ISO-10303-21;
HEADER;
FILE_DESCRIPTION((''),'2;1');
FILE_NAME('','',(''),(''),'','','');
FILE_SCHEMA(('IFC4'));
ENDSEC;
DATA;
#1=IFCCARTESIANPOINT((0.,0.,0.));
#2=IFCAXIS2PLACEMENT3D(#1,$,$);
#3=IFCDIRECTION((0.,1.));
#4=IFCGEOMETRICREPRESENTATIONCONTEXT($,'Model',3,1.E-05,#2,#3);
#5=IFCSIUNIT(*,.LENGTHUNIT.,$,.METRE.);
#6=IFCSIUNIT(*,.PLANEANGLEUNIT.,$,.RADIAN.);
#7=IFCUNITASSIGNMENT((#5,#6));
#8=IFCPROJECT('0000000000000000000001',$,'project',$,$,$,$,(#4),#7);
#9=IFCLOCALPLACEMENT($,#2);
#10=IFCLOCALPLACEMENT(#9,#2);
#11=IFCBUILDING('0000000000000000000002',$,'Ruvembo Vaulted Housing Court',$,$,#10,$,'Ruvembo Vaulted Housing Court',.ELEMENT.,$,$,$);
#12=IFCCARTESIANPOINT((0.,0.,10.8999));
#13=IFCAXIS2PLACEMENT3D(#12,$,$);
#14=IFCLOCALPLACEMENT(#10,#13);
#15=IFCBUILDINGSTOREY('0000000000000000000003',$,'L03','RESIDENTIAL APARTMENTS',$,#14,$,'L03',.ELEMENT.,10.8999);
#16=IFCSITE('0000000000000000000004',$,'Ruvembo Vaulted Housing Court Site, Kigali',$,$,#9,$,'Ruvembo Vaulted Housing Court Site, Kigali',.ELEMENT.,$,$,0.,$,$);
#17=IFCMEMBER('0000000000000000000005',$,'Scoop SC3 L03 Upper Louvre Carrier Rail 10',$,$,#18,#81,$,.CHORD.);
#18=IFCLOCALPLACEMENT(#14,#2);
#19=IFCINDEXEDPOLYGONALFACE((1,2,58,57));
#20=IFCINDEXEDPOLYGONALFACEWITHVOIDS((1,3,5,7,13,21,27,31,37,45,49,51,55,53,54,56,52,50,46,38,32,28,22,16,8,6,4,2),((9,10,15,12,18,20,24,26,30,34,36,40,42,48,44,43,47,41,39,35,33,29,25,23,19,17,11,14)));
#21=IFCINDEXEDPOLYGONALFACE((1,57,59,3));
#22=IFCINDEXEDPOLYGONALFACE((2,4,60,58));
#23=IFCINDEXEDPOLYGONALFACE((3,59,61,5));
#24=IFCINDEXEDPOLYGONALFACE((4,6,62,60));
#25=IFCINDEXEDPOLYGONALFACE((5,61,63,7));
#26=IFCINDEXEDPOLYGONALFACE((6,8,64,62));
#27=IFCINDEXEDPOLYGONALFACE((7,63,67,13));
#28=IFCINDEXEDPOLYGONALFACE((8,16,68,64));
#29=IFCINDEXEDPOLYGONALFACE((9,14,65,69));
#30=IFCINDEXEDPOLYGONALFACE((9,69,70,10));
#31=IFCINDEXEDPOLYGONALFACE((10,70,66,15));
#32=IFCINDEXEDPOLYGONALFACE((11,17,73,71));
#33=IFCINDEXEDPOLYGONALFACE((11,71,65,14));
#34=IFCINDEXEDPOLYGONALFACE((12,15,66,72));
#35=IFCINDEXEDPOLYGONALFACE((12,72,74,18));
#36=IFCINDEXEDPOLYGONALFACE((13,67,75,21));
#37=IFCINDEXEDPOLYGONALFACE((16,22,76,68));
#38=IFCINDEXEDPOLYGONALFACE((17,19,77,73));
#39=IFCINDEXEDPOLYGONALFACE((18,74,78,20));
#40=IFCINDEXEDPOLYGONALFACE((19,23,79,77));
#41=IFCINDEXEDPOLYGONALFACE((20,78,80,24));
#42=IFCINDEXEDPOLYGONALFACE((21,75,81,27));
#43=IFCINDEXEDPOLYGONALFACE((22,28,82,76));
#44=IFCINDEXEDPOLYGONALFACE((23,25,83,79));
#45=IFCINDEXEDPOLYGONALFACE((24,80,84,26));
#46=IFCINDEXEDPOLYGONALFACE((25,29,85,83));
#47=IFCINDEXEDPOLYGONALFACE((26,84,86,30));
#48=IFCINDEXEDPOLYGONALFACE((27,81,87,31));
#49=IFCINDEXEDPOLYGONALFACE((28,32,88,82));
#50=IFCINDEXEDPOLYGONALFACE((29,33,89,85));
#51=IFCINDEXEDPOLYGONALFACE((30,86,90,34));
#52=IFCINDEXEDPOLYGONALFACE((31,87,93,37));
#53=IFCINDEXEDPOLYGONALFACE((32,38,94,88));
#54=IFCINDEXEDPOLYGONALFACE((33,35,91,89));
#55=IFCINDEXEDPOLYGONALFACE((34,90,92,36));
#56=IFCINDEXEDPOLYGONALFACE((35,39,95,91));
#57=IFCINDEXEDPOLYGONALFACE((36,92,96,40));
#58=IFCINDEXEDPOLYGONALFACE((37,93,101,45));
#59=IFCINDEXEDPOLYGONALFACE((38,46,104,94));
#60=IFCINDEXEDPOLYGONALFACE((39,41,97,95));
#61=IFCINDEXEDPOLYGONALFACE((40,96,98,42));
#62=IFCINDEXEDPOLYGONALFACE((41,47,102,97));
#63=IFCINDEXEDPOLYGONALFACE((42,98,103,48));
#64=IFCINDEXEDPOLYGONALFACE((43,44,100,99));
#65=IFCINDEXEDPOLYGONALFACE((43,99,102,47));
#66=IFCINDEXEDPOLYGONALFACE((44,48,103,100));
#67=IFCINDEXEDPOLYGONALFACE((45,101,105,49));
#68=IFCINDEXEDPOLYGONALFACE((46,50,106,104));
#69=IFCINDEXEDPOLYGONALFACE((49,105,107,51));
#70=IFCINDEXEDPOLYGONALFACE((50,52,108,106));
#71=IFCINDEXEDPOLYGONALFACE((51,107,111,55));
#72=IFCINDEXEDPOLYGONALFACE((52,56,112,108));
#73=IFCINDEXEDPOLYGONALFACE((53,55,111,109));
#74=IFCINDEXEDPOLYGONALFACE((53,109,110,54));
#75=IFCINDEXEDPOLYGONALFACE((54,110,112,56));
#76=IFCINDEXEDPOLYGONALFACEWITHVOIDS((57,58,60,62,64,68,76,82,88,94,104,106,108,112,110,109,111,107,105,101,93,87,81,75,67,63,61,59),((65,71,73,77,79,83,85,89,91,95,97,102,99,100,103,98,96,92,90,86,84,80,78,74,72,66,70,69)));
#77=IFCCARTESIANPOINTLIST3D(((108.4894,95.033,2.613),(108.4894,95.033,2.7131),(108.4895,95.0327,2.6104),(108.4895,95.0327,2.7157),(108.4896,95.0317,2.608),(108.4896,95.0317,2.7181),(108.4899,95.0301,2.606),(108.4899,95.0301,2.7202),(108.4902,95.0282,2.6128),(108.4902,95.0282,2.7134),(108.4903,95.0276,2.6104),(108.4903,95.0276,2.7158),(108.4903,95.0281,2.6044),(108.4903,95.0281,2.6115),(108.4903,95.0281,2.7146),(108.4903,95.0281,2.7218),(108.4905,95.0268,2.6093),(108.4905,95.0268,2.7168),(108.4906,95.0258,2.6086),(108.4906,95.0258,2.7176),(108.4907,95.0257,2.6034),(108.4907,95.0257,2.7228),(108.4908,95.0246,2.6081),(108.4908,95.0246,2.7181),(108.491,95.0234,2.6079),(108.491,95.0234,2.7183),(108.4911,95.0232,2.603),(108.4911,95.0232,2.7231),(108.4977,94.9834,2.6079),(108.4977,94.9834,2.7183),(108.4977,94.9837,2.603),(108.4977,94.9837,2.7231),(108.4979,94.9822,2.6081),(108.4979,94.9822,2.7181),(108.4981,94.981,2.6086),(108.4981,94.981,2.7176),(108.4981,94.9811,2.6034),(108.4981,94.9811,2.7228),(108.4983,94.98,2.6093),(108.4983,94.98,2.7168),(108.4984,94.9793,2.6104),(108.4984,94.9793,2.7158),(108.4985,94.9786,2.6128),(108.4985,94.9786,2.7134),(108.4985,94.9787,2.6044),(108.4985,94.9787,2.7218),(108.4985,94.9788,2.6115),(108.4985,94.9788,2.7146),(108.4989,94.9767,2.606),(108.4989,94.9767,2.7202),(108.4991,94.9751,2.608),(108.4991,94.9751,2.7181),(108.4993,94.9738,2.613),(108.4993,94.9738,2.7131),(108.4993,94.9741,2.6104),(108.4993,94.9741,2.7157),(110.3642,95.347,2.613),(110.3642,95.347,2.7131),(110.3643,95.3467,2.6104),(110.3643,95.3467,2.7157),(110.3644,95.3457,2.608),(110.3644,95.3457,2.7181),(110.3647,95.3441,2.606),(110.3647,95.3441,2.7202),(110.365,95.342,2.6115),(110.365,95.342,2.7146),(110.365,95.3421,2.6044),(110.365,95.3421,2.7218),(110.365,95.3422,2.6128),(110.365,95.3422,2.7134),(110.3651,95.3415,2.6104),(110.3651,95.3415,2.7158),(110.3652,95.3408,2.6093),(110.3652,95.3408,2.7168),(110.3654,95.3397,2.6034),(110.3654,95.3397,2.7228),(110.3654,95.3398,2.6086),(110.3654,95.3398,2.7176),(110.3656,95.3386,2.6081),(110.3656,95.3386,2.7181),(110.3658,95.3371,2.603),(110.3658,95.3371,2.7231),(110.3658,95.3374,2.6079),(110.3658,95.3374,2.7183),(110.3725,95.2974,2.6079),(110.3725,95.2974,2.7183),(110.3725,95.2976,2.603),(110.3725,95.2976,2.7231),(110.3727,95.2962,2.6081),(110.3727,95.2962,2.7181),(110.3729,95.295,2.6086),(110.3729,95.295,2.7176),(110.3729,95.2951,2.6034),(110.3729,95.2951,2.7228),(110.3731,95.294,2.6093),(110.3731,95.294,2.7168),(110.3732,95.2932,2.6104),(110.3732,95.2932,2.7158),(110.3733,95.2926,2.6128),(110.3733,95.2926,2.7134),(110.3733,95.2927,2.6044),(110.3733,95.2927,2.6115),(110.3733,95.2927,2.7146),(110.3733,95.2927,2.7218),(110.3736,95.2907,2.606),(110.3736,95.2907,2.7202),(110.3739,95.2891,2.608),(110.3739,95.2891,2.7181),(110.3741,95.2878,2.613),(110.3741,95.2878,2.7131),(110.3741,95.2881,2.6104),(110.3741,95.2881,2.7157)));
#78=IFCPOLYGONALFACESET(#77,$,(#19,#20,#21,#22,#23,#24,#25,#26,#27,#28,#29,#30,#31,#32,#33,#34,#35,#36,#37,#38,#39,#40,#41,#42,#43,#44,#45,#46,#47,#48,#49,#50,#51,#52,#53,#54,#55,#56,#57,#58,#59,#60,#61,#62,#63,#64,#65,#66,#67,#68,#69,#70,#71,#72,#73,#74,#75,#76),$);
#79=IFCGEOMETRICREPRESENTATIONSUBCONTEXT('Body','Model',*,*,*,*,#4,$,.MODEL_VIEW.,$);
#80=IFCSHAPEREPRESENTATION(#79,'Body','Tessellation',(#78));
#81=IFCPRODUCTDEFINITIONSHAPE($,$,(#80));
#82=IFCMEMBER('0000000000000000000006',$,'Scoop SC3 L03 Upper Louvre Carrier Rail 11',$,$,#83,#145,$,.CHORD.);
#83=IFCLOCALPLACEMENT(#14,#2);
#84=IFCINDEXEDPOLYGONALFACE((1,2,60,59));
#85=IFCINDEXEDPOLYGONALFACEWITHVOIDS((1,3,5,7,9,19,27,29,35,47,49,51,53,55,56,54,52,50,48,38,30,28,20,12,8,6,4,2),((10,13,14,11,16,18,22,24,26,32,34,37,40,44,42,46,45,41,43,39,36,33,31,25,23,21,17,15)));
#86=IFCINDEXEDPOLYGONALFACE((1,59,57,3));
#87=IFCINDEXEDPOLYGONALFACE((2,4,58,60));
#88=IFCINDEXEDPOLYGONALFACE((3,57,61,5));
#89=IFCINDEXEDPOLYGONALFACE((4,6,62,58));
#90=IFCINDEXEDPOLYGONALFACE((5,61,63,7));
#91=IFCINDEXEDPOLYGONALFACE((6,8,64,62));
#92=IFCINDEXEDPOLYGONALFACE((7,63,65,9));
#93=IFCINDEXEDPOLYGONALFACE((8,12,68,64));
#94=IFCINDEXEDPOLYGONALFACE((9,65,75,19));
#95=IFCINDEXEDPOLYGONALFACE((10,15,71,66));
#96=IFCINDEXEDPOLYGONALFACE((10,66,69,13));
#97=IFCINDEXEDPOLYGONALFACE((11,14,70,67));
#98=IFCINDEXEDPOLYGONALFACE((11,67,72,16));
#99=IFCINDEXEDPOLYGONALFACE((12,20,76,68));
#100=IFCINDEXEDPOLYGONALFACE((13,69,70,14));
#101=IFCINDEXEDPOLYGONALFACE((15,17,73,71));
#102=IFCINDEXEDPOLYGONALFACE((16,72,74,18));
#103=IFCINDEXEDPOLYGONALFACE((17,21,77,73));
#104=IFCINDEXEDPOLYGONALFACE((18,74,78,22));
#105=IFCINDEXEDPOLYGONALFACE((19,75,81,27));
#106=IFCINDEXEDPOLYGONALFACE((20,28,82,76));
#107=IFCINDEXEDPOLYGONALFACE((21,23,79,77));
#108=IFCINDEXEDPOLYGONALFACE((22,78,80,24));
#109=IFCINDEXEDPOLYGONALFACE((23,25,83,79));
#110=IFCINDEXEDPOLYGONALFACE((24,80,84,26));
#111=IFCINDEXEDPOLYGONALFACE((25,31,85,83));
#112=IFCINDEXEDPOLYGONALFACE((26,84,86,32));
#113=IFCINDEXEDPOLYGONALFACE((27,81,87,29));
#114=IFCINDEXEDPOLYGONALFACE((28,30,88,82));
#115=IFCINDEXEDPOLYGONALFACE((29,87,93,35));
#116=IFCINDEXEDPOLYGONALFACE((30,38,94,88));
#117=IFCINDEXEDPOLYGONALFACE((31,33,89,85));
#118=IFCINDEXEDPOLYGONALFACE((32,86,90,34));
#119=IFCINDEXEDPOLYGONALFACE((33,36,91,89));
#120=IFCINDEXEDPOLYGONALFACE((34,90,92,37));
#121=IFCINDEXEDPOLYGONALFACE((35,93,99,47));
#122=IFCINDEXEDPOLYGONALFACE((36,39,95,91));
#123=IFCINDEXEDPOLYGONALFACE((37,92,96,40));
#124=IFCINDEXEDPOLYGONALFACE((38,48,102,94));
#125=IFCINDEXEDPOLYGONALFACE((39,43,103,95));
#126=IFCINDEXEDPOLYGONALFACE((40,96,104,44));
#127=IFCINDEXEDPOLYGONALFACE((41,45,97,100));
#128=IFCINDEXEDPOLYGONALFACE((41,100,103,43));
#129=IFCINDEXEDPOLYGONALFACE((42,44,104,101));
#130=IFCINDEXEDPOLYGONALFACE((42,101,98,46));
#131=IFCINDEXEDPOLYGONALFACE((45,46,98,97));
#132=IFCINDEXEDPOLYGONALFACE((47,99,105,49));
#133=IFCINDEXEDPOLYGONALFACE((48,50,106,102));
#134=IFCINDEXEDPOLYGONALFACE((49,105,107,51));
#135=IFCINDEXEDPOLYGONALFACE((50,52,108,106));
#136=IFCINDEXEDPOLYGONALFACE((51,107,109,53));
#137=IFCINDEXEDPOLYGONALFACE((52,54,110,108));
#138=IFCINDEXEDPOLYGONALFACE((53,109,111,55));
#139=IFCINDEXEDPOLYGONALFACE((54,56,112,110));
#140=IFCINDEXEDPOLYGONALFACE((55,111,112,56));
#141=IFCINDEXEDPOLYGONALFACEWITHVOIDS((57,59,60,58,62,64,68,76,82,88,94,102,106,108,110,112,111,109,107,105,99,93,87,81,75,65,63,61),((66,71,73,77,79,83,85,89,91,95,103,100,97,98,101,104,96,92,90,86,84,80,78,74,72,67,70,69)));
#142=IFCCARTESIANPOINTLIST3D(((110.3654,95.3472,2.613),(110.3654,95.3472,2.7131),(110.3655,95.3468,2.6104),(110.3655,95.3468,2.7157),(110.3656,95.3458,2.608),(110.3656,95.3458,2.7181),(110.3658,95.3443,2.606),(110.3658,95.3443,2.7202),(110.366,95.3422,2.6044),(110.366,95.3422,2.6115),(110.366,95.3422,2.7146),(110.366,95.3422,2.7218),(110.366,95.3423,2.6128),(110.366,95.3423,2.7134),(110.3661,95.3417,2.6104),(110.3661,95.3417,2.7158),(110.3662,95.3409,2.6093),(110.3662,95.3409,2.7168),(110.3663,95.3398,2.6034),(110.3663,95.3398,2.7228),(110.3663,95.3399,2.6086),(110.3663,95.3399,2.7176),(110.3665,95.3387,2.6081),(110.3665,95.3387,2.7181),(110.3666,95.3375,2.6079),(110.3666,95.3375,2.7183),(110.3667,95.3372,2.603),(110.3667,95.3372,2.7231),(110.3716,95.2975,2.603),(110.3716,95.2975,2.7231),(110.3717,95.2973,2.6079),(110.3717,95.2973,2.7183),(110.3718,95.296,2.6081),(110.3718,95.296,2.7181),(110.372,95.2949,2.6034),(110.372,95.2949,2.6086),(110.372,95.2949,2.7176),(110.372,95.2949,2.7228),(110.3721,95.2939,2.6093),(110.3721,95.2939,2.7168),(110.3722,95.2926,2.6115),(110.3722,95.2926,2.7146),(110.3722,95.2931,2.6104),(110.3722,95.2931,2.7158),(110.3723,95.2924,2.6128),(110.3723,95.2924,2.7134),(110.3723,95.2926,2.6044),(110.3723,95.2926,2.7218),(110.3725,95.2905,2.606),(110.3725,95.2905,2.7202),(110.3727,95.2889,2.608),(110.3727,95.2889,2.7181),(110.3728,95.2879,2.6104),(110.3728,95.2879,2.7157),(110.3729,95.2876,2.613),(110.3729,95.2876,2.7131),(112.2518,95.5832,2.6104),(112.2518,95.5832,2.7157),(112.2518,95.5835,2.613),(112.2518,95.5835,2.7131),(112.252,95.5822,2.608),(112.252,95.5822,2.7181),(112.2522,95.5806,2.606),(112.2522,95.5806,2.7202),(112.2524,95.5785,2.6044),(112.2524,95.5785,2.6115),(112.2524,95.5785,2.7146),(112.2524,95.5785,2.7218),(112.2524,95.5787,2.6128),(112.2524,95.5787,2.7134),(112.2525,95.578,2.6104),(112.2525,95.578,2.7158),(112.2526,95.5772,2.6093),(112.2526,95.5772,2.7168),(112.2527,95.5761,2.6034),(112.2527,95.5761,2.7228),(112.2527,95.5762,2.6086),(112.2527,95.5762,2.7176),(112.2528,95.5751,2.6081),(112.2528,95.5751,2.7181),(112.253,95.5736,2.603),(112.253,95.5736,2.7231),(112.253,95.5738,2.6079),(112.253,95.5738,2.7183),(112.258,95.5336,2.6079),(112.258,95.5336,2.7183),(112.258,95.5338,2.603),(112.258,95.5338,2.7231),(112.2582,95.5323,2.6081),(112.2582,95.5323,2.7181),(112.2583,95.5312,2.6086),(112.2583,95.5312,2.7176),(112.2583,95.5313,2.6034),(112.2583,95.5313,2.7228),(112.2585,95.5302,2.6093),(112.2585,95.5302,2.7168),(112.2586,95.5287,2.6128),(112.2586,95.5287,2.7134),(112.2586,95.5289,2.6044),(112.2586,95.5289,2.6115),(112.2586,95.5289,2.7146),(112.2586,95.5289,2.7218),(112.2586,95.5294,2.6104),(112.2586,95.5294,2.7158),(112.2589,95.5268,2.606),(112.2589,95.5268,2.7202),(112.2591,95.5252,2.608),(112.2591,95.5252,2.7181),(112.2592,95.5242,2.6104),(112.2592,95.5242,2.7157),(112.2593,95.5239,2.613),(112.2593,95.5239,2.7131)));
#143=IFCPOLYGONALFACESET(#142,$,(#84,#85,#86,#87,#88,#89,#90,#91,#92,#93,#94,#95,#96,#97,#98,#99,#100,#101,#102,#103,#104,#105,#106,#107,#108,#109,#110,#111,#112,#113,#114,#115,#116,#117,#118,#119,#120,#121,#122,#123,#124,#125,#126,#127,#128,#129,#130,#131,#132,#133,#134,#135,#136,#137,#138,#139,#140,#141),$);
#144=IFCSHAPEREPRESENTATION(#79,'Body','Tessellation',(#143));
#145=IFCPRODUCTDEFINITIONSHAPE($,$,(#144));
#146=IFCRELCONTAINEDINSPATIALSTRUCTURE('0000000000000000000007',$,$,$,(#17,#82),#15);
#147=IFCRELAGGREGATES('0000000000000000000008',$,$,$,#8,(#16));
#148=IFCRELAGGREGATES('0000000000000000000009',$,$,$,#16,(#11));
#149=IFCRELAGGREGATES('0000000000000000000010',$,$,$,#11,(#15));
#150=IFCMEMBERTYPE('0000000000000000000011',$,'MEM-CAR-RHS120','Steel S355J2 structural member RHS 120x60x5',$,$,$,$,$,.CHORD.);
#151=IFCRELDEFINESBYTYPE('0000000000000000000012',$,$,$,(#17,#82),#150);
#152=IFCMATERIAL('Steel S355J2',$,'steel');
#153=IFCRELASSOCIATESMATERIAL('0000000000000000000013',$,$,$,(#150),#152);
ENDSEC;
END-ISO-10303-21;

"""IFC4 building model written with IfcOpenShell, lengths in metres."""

from ifc_helpers import new_model, si_unit, direction, frame, origin, origin_2d, place, context, subcontext, project, spatial, hollow_rectangle, extrude, material, material_profile, profile_set, type_object, element, save


model = new_model("IFC4")

# Units and contexts
model_context = context("Model", 3, precision=1e-05, world=origin(), true_north=direction((0.0, 1.0)))
body_context = subcontext(model_context, "Body", "Model", "MODEL_VIEW")
ifc_project = project(units=[si_unit("LENGTHUNIT", "METRE"), si_unit("PLANEANGLEUNIT", "RADIAN")], contexts=[model_context])

# Site, building, storey
site_placement = place(None, origin())
site = spatial("IfcSite", under=ifc_project, at=site_placement, Name="Ruvembo Vaulted Housing Court Site, Kigali", LongName="Ruvembo Vaulted Housing Court Site, Kigali", CompositionType="ELEMENT", RefElevation=0.0)
building_placement = place(site_placement, origin())
building = spatial("IfcBuilding", under=site, at=building_placement, Name="Ruvembo Vaulted Housing Court", LongName="Ruvembo Vaulted Housing Court", CompositionType="ELEMENT")
storey_placement = place(building_placement, frame((0.0, 0.0, 10.8999)))
storey = spatial("IfcBuildingStorey", under=building, at=storey_placement, Name="L03", Description="RESIDENTIAL APARTMENTS", LongName="L03", CompositionType="ELEMENT", Elevation=10.8999)

# Shared definitions
ifc_material_1 = material(Name="Steel S355J2", Category="steel")

# Members
ifc_material_profile_1 = material_profile(ifc_material_1, hollow_rectangle(XDim=0.0601, YDim=0.1201, WallThickness=0.0049, InnerFilletRadius=0.0049, OuterFilletRadius=0.01, at=origin_2d()), Name="RHS 120x60x5")
ifc_profile_set_1 = profile_set([ifc_material_profile_1], Name="Steel S355J2")
member_type_1 = type_object("IfcMemberType", Name="MEM-CAR-RHS120", Description="Steel S355J2 structural member RHS 120x60x5", PredefinedType="CHORD", material=ifc_profile_set_1)
member_1_placement = place(storey_placement, frame((108.4944, 95.0034, 2.6631), z_axis=(0.986265, 0.16517, 0.0), x_axis=(-0.16517, 0.986265, 0.0)))
element("IfcMember", 1, at=member_1_placement, inside=storey, type_object=member_type_1, Name="Scoop SC3 L03 Upper Louvre Carrier Rail 10", PredefinedType="CHORD", context=body_context, shape_type="SweptSolid", body=[
    extrude(hollow_rectangle(XDim=0.0601, YDim=0.1201, WallThickness=0.0049, InnerFilletRadius=0.0049, OuterFilletRadius=0.01, at=origin_2d()), origin(), (0.0, 0.0, 1.0), 1.9009),
])
member_2_placement = place(storey_placement, frame((110.3691, 95.3174, 2.6631), z_axis=(0.992244, 0.124303, 0.0), x_axis=(-0.124303, 0.992244, 0.0)))
element("IfcMember", 2, at=member_2_placement, inside=storey, type_object=member_type_1, Name="Scoop SC3 L03 Upper Louvre Carrier Rail 11", PredefinedType="CHORD", context=body_context, shape_type="SweptSolid", body=[
    extrude(hollow_rectangle(XDim=0.0601, YDim=0.1201, WallThickness=0.0049, InnerFilletRadius=0.0049, OuterFilletRadius=0.01, at=origin_2d()), origin(), (0.0, 0.0, 1.0), 1.9011),
])

save(model, "model.ifc")
